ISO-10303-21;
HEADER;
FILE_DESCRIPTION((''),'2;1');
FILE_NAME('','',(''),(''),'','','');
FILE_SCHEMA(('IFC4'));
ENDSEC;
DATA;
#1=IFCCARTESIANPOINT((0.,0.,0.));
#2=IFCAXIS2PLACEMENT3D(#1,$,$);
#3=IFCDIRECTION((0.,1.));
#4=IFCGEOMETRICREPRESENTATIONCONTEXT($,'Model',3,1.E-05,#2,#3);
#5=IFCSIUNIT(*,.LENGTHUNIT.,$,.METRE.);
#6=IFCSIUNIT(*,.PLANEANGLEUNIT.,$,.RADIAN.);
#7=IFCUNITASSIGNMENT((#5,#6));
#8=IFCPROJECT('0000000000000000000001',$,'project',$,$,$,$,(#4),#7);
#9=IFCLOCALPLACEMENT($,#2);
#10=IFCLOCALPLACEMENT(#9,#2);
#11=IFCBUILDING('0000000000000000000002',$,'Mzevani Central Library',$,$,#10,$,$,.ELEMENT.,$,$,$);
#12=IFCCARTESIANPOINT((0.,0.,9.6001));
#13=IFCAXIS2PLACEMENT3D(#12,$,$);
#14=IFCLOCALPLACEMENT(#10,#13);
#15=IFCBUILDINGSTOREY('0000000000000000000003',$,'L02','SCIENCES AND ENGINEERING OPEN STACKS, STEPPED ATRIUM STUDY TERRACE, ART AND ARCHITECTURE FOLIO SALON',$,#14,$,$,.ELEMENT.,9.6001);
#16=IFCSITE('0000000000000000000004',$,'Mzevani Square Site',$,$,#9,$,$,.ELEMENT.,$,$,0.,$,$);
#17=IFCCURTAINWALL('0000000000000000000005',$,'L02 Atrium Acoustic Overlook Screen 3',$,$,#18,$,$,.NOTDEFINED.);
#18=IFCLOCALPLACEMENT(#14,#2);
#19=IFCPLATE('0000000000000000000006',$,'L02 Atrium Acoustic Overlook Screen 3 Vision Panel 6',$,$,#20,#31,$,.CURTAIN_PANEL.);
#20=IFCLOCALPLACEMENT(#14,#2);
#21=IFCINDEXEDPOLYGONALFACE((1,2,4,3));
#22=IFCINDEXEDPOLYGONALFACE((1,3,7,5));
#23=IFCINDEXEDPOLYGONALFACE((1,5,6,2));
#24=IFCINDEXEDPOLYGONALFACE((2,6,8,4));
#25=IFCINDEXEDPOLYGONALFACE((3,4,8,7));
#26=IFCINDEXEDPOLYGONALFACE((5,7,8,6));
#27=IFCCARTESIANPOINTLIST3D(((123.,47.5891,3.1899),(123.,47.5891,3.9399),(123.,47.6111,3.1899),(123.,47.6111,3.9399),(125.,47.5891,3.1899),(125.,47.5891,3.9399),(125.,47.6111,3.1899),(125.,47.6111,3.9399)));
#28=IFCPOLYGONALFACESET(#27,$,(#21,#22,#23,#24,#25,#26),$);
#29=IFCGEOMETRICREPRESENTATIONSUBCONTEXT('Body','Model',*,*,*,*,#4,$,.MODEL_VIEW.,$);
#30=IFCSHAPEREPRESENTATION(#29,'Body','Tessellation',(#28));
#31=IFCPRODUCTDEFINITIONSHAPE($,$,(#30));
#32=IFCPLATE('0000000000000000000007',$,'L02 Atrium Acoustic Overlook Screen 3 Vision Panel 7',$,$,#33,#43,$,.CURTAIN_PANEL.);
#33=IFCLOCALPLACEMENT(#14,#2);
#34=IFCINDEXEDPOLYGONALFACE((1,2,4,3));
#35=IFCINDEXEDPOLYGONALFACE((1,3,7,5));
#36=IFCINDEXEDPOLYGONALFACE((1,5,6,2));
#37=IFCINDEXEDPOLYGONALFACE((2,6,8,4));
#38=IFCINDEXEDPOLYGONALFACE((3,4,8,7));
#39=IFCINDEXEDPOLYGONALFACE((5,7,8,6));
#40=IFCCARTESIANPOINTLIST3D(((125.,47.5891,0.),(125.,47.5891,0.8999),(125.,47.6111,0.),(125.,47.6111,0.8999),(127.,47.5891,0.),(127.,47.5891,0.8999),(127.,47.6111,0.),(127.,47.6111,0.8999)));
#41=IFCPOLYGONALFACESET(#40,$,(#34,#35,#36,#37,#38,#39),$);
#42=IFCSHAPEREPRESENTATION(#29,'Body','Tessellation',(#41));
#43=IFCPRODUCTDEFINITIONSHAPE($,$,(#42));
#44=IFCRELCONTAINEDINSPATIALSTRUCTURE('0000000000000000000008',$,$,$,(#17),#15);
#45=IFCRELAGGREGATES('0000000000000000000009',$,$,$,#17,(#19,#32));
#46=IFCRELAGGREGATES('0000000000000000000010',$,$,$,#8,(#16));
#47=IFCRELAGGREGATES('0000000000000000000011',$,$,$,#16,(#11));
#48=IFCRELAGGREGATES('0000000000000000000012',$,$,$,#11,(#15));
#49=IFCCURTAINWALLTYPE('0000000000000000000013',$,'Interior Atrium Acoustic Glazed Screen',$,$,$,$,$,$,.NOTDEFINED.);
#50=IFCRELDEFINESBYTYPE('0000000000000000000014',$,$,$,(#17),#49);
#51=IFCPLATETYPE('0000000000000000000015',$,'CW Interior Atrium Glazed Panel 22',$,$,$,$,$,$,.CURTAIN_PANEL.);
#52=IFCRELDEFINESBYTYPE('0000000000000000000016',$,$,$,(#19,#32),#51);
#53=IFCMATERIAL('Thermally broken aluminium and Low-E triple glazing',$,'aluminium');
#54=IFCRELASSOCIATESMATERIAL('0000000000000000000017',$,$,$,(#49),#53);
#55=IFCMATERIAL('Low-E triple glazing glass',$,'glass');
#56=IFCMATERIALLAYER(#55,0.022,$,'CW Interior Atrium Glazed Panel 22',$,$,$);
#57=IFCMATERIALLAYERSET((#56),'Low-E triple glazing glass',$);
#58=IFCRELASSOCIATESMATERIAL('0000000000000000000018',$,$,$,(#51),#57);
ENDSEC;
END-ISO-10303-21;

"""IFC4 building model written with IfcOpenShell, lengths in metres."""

from ifc_helpers import new_model, si_unit, direction, frame, origin, origin_2d, place, context, subcontext, project, spatial, rectangle, extrude, material, layer, layer_set, type_object, element, aggregate, save


model = new_model("IFC4")

# Units and contexts
model_context = context("Model", 3, precision=1e-05, world=origin(), true_north=direction((0.0, 1.0)))
body_context = subcontext(model_context, "Body", "Model", "MODEL_VIEW")
ifc_project = project(units=[si_unit("LENGTHUNIT", "METRE"), si_unit("PLANEANGLEUNIT", "RADIAN")], contexts=[model_context])

# Site, building, storey
site_placement = place(None, origin())
site = spatial("IfcSite", under=ifc_project, at=site_placement, Name="Mzevani Square Site", CompositionType="ELEMENT", RefElevation=0.0)
building_placement = place(site_placement, origin())
building = spatial("IfcBuilding", under=site, at=building_placement, Name="Mzevani Central Library", CompositionType="ELEMENT")
storey_placement = place(building_placement, frame((0.0, 0.0, 9.6001)))
storey = spatial("IfcBuildingStorey", under=building, at=storey_placement, Name="L02", Description="SCIENCES AND ENGINEERING OPEN STACKS, STEPPED ATRIUM STUDY TERRACE, ART AND ARCHITECTURE FOLIO SALON", CompositionType="ELEMENT", Elevation=9.6001)

# Curtain wall
ifc_material_1 = material(Name="Thermally broken aluminium and Low-E triple glazing", Category="aluminium")
curtain_wall_type = type_object("IfcCurtainWallType", Name="Interior Atrium Acoustic Glazed Screen", PredefinedType="NOTDEFINED", material=ifc_material_1)
curtain_wall_placement = place(storey_placement, origin())
curtain_wall = element("IfcCurtainWall", 1, at=curtain_wall_placement, inside=storey, type_object=curtain_wall_type, Name="L02 Atrium Acoustic Overlook Screen 3", PredefinedType="NOTDEFINED")

# Plates
ifc_material_2 = material(Name="Low-E triple glazing glass", Category="glass")
ifc_layer = layer(ifc_material_2, 0.022, Name="CW Interior Atrium Glazed Panel 22")
ifc_layer_set = layer_set([ifc_layer], Name="Low-E triple glazing glass")
plate_type = type_object("IfcPlateType", Name="CW Interior Atrium Glazed Panel 22", PredefinedType="CURTAIN_PANEL", material=ifc_layer_set)
plate_1_placement = place(storey_placement, frame((124.0, 47.6001, 3.1899), z_axis=(0.0, 0.0, 1.0), x_axis=(1.0, 0.0, 0.0)))
plate_1 = element("IfcPlate", 2, at=plate_1_placement, type_object=plate_type, Name="L02 Atrium Acoustic Overlook Screen 3 Vision Panel 6", PredefinedType="CURTAIN_PANEL", context=body_context, shape_type="SweptSolid", body=[
    extrude(rectangle(XDim=2.0, YDim=0.022, at=origin_2d()), origin(), (0.0, 0.0, 1.0), 0.75),
])
plate_2_placement = place(storey_placement, frame((126.0, 47.6001, 0.0), z_axis=(0.0, 0.0, 1.0), x_axis=(1.0, 0.0, 0.0)))
plate_2 = element("IfcPlate", 3, at=plate_2_placement, type_object=plate_type, Name="L02 Atrium Acoustic Overlook Screen 3 Vision Panel 7", PredefinedType="CURTAIN_PANEL", context=body_context, shape_type="SweptSolid", body=[
    extrude(rectangle(XDim=2.0, YDim=0.022, at=origin_2d()), origin(), (0.0, 0.0, 1.0), 0.8999),
])
aggregate(curtain_wall, [plate_1, plate_2])

save(model, "model.ifc")
